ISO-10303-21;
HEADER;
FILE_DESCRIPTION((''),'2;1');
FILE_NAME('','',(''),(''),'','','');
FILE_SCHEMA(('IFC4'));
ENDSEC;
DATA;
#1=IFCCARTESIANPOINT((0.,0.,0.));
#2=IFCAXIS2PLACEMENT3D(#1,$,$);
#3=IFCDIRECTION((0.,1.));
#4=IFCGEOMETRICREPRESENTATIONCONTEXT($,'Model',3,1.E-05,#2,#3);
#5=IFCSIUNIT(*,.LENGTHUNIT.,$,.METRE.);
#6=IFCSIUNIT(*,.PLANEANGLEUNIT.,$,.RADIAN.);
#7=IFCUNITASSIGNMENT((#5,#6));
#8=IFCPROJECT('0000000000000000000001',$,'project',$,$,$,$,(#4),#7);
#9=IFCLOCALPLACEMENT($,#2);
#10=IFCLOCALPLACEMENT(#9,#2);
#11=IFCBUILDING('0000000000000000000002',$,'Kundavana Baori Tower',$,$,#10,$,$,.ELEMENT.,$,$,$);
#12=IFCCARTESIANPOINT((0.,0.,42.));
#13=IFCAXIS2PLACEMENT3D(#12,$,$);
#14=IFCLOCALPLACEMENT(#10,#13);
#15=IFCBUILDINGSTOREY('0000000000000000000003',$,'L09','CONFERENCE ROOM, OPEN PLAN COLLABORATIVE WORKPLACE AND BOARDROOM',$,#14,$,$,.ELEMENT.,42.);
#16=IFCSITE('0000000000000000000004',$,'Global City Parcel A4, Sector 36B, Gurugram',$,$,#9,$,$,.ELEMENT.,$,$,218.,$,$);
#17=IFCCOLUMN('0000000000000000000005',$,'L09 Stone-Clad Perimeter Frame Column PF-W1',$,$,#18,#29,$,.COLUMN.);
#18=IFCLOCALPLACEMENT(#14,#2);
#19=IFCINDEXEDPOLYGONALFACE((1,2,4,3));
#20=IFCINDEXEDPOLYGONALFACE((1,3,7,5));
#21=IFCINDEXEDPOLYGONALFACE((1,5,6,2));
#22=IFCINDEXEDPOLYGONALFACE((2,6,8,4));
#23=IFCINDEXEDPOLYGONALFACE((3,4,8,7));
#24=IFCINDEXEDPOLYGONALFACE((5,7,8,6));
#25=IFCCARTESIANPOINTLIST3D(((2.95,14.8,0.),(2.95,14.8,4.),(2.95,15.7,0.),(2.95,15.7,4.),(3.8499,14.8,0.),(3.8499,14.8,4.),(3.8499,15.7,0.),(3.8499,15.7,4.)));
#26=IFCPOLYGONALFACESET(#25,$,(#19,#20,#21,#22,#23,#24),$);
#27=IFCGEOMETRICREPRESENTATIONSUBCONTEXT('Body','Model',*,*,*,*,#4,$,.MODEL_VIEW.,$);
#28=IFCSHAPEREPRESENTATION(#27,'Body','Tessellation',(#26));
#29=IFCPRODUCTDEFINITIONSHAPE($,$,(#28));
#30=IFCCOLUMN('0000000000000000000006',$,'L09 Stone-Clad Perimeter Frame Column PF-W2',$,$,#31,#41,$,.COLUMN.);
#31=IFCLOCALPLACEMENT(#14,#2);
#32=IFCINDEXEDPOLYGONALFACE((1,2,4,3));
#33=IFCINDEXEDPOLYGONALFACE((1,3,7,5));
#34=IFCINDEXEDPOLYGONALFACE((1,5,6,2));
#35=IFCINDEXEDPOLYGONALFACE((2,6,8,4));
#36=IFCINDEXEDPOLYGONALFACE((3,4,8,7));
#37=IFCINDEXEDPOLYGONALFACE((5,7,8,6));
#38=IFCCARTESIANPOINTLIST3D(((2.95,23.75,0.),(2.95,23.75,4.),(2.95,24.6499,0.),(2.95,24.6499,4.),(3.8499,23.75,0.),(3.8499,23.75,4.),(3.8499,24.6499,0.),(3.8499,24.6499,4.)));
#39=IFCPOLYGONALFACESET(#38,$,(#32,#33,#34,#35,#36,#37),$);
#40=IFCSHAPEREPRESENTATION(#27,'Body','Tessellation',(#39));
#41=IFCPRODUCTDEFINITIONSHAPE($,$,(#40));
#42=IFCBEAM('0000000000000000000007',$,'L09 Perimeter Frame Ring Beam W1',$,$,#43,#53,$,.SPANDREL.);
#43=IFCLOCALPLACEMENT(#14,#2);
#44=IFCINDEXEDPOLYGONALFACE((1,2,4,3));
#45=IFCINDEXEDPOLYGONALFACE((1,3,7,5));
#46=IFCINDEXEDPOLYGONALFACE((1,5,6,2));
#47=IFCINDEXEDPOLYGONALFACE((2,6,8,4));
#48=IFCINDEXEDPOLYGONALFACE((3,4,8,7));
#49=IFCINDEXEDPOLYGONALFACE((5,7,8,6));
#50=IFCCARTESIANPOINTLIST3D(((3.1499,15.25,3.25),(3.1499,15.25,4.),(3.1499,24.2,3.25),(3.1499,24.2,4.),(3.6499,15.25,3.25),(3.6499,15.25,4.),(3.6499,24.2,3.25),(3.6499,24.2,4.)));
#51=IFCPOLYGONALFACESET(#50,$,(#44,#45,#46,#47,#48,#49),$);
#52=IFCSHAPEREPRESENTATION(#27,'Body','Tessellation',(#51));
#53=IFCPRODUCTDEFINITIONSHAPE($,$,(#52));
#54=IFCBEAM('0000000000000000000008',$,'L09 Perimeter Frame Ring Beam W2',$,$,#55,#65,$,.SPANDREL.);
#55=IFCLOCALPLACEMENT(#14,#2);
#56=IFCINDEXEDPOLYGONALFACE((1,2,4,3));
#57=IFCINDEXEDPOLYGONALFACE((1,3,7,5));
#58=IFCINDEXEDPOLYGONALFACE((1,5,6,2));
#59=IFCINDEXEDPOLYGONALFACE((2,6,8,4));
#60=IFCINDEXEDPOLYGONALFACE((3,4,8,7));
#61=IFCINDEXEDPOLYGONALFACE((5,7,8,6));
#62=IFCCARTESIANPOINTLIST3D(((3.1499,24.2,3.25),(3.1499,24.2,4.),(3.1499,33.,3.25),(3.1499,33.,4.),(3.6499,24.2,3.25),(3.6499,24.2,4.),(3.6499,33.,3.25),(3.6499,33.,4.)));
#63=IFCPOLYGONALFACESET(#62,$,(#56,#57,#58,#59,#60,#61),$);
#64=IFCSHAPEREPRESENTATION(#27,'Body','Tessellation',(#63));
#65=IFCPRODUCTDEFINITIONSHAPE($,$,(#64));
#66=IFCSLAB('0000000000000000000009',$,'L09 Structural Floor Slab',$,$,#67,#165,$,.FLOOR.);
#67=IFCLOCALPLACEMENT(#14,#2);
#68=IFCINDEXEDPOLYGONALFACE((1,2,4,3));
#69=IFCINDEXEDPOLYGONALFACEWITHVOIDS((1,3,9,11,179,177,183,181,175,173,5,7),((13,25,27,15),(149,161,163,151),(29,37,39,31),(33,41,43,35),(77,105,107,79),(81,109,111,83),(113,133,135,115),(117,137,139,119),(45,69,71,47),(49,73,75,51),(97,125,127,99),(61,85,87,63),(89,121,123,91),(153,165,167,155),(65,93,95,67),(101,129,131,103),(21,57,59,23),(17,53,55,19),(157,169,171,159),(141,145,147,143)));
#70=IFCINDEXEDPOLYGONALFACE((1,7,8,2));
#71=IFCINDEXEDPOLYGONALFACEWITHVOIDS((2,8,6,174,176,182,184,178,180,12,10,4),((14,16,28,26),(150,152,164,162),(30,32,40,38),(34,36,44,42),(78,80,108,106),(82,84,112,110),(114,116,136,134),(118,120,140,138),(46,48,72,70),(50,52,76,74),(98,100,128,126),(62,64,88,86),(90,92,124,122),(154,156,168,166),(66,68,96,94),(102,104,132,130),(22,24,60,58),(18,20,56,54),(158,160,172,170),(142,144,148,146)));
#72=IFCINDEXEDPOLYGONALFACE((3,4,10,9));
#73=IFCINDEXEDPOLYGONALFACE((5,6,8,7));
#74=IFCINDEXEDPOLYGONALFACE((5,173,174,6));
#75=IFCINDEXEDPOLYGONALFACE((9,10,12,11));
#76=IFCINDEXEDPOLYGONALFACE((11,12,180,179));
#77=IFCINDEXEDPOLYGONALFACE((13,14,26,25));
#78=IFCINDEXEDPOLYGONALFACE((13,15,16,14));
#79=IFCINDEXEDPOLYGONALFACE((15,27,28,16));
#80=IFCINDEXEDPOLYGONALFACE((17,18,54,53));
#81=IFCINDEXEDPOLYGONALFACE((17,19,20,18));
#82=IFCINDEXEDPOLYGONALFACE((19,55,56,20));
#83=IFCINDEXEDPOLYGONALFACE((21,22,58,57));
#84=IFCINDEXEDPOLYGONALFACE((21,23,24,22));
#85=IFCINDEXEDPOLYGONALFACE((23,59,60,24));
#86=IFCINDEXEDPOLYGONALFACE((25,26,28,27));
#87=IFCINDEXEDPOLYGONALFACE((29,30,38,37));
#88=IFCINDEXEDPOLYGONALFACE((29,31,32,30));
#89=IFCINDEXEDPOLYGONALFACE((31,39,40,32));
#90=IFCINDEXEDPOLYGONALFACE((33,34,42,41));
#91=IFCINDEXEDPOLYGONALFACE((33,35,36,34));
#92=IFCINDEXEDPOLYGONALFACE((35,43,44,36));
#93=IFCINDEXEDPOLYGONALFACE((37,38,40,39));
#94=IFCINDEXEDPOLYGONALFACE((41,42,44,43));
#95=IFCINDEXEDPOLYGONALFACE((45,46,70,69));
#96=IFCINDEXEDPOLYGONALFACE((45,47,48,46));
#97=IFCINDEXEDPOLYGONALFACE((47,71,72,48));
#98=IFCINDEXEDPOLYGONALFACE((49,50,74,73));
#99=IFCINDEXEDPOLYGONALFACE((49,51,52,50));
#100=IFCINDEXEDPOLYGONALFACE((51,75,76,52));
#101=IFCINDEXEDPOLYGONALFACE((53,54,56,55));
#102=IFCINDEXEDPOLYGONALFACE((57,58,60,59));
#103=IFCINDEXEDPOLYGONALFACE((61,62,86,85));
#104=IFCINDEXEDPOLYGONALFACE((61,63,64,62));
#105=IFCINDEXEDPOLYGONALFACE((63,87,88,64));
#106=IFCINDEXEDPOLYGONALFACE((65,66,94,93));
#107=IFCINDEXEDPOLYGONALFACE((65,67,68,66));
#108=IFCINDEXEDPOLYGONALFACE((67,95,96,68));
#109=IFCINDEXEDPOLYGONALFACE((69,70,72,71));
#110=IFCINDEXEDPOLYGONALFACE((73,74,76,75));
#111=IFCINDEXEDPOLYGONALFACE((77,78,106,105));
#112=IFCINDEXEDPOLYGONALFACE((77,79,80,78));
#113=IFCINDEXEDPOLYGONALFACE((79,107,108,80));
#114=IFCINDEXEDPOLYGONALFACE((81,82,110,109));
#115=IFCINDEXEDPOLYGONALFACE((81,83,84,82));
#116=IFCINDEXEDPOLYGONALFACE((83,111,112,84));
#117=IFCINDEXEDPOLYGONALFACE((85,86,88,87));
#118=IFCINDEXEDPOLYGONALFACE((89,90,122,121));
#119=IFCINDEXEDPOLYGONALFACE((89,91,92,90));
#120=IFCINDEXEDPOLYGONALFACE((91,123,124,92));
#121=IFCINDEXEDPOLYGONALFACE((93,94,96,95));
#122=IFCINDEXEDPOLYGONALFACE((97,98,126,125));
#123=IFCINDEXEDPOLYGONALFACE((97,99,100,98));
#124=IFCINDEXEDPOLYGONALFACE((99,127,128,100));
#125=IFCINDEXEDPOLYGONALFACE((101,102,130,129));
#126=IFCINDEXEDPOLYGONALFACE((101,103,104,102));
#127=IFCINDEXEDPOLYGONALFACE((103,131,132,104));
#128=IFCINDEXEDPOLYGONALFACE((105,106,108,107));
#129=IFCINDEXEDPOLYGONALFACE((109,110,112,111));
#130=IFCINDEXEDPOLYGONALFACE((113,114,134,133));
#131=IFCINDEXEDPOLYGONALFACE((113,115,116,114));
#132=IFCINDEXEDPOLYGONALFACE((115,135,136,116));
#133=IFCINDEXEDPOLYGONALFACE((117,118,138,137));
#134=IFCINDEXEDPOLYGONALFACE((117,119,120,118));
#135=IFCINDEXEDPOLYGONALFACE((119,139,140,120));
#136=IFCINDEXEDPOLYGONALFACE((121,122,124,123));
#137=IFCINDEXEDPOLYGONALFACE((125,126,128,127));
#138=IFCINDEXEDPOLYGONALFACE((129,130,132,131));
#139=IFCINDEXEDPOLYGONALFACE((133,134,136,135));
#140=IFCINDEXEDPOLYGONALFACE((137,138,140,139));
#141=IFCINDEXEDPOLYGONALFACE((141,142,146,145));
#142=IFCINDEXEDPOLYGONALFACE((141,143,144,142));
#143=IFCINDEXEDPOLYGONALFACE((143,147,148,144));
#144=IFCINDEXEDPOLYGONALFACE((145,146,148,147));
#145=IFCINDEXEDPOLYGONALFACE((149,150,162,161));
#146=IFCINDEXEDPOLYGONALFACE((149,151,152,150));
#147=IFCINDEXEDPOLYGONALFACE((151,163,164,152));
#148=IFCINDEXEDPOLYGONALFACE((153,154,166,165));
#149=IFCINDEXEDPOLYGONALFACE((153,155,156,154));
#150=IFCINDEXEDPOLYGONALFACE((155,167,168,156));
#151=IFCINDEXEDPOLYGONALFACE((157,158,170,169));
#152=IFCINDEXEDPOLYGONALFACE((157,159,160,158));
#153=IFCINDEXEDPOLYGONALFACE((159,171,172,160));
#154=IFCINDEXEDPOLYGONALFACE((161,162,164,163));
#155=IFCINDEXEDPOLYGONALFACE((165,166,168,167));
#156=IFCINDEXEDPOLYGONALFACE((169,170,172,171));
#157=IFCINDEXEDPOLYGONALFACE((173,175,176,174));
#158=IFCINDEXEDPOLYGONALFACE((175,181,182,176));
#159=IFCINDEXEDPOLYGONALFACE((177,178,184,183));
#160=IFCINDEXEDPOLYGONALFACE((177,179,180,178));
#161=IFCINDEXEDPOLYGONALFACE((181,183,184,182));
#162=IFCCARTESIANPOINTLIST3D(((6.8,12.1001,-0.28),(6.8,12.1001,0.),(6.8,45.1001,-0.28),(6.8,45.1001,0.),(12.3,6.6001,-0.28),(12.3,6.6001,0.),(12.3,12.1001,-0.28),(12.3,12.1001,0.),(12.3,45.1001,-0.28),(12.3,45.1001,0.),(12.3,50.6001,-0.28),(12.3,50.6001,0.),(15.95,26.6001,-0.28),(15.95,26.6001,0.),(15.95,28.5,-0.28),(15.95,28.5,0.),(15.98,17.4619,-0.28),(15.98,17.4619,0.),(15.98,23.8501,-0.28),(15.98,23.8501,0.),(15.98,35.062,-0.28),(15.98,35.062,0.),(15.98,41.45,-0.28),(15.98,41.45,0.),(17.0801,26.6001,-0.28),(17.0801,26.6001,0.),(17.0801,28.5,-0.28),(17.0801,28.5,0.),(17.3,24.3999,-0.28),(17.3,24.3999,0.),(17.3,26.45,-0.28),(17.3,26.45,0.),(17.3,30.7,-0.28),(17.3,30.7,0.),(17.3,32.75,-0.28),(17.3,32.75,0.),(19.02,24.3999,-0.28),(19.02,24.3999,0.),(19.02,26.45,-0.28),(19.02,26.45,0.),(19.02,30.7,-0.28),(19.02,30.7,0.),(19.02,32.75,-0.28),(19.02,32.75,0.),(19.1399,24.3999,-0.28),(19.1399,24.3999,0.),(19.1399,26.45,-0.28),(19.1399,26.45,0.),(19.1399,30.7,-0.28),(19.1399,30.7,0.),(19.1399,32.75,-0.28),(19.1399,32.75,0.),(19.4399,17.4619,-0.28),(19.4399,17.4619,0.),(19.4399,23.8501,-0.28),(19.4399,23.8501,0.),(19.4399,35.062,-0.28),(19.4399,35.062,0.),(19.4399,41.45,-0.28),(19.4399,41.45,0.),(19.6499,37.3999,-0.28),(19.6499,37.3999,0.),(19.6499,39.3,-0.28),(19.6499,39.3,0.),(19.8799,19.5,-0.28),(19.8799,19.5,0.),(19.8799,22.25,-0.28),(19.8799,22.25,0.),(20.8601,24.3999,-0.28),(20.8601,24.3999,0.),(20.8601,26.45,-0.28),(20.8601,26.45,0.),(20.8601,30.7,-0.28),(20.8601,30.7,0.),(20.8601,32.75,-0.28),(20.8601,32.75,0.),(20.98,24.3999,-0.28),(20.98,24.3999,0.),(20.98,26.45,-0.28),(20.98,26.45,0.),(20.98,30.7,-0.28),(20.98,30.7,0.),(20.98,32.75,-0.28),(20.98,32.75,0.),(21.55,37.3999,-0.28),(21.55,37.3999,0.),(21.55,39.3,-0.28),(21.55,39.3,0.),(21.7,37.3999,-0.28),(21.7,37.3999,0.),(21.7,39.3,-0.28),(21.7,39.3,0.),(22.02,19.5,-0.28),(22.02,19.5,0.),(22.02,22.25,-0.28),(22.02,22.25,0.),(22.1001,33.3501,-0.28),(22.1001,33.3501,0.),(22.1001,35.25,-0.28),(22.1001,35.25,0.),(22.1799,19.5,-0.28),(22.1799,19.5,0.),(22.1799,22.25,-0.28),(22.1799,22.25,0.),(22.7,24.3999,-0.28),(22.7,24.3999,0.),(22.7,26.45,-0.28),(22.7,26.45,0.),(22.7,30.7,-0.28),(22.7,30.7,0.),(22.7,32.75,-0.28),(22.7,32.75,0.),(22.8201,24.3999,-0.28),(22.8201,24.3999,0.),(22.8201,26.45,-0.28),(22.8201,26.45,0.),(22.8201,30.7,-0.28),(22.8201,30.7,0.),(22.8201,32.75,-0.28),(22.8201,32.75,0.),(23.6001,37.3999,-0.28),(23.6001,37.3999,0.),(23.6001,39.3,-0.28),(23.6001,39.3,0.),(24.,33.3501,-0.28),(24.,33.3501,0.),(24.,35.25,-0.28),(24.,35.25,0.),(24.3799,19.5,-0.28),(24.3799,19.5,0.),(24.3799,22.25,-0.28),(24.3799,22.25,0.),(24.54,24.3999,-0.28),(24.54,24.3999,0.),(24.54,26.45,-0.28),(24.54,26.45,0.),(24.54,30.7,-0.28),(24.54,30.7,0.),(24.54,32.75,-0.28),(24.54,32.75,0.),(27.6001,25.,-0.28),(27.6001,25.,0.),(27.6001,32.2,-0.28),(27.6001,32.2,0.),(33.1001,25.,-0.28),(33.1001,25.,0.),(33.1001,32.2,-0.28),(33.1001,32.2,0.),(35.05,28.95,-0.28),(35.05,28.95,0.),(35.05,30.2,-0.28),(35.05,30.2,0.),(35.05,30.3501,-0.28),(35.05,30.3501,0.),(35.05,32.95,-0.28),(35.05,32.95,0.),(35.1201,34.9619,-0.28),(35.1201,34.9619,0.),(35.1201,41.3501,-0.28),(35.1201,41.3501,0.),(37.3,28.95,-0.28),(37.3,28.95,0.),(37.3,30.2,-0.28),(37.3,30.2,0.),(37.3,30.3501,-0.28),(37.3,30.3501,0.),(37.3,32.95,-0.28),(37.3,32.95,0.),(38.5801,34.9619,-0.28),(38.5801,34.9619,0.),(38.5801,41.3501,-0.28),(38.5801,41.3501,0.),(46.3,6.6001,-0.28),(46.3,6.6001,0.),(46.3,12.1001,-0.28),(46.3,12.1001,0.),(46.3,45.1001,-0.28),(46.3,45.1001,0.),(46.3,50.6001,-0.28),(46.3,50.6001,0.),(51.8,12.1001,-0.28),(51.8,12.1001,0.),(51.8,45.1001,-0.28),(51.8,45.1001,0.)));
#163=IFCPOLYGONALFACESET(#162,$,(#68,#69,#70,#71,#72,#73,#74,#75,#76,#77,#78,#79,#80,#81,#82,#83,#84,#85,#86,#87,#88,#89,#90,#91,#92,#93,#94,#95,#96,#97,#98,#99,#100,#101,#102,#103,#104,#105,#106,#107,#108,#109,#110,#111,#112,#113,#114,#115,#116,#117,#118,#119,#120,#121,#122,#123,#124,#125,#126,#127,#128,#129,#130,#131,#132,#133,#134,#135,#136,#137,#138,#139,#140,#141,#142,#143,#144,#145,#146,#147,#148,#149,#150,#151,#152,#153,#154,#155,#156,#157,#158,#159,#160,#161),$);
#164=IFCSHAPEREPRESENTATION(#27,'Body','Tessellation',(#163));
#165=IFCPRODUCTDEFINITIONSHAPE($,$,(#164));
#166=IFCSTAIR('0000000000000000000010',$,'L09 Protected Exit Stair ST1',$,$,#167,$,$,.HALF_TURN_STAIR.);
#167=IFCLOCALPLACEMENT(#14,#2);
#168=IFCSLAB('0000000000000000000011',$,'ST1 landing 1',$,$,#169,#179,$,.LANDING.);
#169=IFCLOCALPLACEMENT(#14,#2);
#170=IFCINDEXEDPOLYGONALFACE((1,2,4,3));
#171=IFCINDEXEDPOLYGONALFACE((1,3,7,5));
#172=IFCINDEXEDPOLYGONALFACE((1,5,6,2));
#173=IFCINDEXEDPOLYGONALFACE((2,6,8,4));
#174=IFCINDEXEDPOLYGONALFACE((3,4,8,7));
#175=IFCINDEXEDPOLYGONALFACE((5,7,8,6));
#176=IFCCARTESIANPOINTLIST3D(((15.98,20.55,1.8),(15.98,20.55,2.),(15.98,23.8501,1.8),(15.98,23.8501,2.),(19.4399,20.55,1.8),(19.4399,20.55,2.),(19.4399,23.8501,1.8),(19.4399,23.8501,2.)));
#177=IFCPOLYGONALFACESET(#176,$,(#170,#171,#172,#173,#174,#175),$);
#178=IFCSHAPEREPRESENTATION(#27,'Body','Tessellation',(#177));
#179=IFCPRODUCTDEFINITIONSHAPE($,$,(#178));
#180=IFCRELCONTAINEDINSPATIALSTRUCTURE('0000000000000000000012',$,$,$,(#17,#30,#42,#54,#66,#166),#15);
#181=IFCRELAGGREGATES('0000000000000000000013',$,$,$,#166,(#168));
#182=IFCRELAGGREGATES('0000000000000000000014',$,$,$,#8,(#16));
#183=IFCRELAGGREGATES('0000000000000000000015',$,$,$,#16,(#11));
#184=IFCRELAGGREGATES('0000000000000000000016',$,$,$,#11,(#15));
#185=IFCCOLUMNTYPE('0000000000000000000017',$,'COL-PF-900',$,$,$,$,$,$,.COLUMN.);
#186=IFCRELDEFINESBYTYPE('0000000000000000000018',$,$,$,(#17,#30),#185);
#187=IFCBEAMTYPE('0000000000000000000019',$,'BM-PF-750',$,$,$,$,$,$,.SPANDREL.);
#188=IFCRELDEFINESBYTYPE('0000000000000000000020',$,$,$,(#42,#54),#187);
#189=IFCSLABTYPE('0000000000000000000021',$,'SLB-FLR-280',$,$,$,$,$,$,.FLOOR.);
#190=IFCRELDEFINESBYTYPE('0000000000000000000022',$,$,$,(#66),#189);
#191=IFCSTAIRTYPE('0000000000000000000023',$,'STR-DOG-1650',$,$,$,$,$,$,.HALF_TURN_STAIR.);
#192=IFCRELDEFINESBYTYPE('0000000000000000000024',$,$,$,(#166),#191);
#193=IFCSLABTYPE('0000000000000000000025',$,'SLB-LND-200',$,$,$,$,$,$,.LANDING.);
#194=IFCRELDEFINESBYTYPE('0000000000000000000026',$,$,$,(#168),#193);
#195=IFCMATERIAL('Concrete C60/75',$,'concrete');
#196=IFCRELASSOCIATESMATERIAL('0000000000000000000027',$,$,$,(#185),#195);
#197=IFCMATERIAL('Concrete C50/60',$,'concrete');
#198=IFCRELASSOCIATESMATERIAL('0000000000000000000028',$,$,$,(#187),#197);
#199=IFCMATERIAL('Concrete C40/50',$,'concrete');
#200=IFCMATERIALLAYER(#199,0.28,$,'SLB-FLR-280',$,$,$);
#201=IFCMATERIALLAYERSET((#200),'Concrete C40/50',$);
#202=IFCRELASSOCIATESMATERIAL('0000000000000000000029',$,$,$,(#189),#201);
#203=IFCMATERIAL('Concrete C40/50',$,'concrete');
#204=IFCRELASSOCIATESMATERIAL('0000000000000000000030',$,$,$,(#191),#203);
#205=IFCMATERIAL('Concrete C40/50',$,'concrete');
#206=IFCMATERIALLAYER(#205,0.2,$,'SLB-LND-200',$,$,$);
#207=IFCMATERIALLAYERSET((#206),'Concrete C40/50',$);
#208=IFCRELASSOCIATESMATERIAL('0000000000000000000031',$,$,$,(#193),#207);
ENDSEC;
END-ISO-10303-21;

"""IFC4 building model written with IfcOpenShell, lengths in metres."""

from ifc_helpers import new_model, si_unit, direction, frame, origin, origin_2d, place, context, subcontext, project, spatial, polyline, rectangle, outline, extrude, material, layer, layer_set, material_profile, profile_set, type_object, element, aggregate, save


model = new_model("IFC4")

# Units and contexts
model_context = context("Model", 3, precision=1e-05, world=origin(), true_north=direction((0.0, 1.0)))
body_context = subcontext(model_context, "Body", "Model", "MODEL_VIEW")
ifc_project = project(units=[si_unit("LENGTHUNIT", "METRE"), si_unit("PLANEANGLEUNIT", "RADIAN")], contexts=[model_context])

# Site, building, storey
site_placement = place(None, origin())
site = spatial("IfcSite", under=ifc_project, at=site_placement, Name="Global City Parcel A4, Sector 36B, Gurugram", CompositionType="ELEMENT", RefElevation=218.0)
building_placement = place(site_placement, origin())
building = spatial("IfcBuilding", under=site, at=building_placement, Name="Kundavana Baori Tower", CompositionType="ELEMENT")
storey_placement = place(building_placement, frame((0.0, 0.0, 42.0)))
storey = spatial("IfcBuildingStorey", under=building, at=storey_placement, Name="L09", Description="CONFERENCE ROOM, OPEN PLAN COLLABORATIVE WORKPLACE AND BOARDROOM", CompositionType="ELEMENT", Elevation=42.0)

# Columns
ifc_material_1 = material(Name="Concrete C60/75", Category="concrete")
ifc_material_profile_1 = material_profile(ifc_material_1, rectangle(XDim=0.8999, YDim=0.8999, at=origin_2d()), Name="RC PF 900x900")
ifc_profile_set_1 = profile_set([ifc_material_profile_1], Name="Concrete C60/75")
column_type = type_object("IfcColumnType", Name="COL-PF-900", PredefinedType="COLUMN", material=ifc_profile_set_1)
for number, where, z_axis, x_axis, name in (
    (1, (3.3999, 15.25, 0.0), (0.0, 0.0, 1.0), (1.0, 0.0, 0.0), "L09 Stone-Clad Perimeter Frame Column PF-W1"),
    (2, (3.3999, 24.2, 0.0), (0.0, 0.0, 1.0), (1.0, 0.0, 0.0), "L09 Stone-Clad Perimeter Frame Column PF-W2"),
):
    element("IfcColumn", number, at=place(storey_placement, frame(where, z_axis=z_axis, x_axis=x_axis)), inside=storey, type_object=column_type, Name=name, PredefinedType="COLUMN", context=body_context, shape_type="SweptSolid", body=[
        extrude(rectangle(XDim=0.8999, YDim=0.8999, at=origin_2d()), origin(), (0.0, 0.0, 1.0), 4.0),
    ])

# Beams
ifc_material_2 = material(Name="Concrete C50/60", Category="concrete")
ifc_material_profile_2 = material_profile(ifc_material_2, rectangle(XDim=0.5, YDim=0.75, at=origin_2d()), Name="RC BM 500x750")
ifc_profile_set_2 = profile_set([ifc_material_profile_2], Name="Concrete C50/60")
beam_type = type_object("IfcBeamType", Name="BM-PF-750", PredefinedType="SPANDREL", material=ifc_profile_set_2)
beam_1_placement = place(storey_placement, frame((3.3999, 15.25, 3.625), z_axis=(0.0, 1.0, 0.0), x_axis=(-1.0, 0.0, 0.0)))
element("IfcBeam", 3, at=beam_1_placement, inside=storey, type_object=beam_type, Name="L09 Perimeter Frame Ring Beam W1", PredefinedType="SPANDREL", context=body_context, shape_type="SweptSolid", body=[
    extrude(rectangle(XDim=0.5, YDim=0.75, at=origin_2d()), origin(), (0.0, 0.0, 1.0), 8.95),
])
beam_2_placement = place(storey_placement, frame((3.3999, 24.2, 3.625), z_axis=(0.0, 1.0, 0.0), x_axis=(-1.0, 0.0, 0.0)))
element("IfcBeam", 4, at=beam_2_placement, inside=storey, type_object=beam_type, Name="L09 Perimeter Frame Ring Beam W2", PredefinedType="SPANDREL", context=body_context, shape_type="SweptSolid", body=[
    extrude(rectangle(XDim=0.5, YDim=0.75, at=origin_2d()), origin(), (0.0, 0.0, 1.0), 8.8),
])

# Slab
ifc_material_3 = material(Name="Concrete C40/50", Category="concrete")
ifc_layer_1 = layer(ifc_material_3, 0.28, Name="SLB-FLR-280")
ifc_layer_set_1 = layer_set([ifc_layer_1], Name="Concrete C40/50")
slab_type_1 = type_object("IfcSlabType", Name="SLB-FLR-280", PredefinedType="FLOOR", material=ifc_layer_set_1)
slab_1_placement = place(storey_placement, frame((0.0, 0.0, -0.28)))
element("IfcSlab", 5, at=slab_1_placement, inside=storey, type_object=slab_type_1, Name="L09 Structural Floor Slab", PredefinedType="FLOOR", context=body_context, shape_type="SweptSolid", body=[
    extrude(outline(polyline([(12.3, 6.6001), (46.3, 6.6001), (46.3, 12.1001), (51.8, 12.1001), (51.8, 45.1001), (46.3, 45.1001), (46.3, 50.6001), (12.3, 50.6001), (12.3, 45.1001), (6.8, 45.1001), (6.8, 12.1001), (12.3, 12.1001), (12.3, 6.6001)]), holes=[polyline([(19.4399, 17.4619), (19.4399, 23.8501), (15.98, 23.8501), (15.98, 17.4619), (19.4399, 17.4619)]), polyline([(19.4399, 35.062), (19.4399, 41.45), (15.98, 41.45), (15.98, 35.062), (19.4399, 35.062)]), polyline([(38.5801, 34.9619), (38.5801, 41.3501), (35.1201, 41.3501), (35.1201, 34.9619), (38.5801, 34.9619)]), polyline([(17.3, 24.3999), (19.02, 24.3999), (19.02, 26.45), (17.3, 26.45), (17.3, 24.3999)]), polyline([(19.1399, 24.3999), (20.8601, 24.3999), (20.8601, 26.45), (19.1399, 26.45), (19.1399, 24.3999)]), polyline([(20.98, 24.3999), (22.7, 24.3999), (22.7, 26.45), (20.98, 26.45), (20.98, 24.3999)]), polyline([(22.8201, 24.3999), (24.54, 24.3999), (24.54, 26.45), (22.8201, 26.45), (22.8201, 24.3999)]), polyline([(17.3, 30.7), (19.02, 30.7), (19.02, 32.75), (17.3, 32.75), (17.3, 30.7)]), polyline([(19.1399, 30.7), (20.8601, 30.7), (20.8601, 32.75), (19.1399, 32.75), (19.1399, 30.7)]), polyline([(20.98, 30.7), (22.7, 30.7), (22.7, 32.75), (20.98, 32.75), (20.98, 30.7)]), polyline([(22.8201, 30.7), (24.54, 30.7), (24.54, 32.75), (22.8201, 32.75), (22.8201, 30.7)]), polyline([(19.6499, 37.3999), (21.55, 37.3999), (21.55, 39.3), (19.6499, 39.3), (19.6499, 37.3999)]), polyline([(21.7, 37.3999), (23.6001, 37.3999), (23.6001, 39.3), (21.7, 39.3), (21.7, 37.3999)]), polyline([(22.1001, 33.3501), (24.0, 33.3501), (24.0, 35.25), (22.1001, 35.25), (22.1001, 33.3501)]), polyline([(19.8799, 19.5), (22.02, 19.5), (22.02, 22.25), (19.8799, 22.25), (19.8799, 19.5)]), polyline([(22.1799, 19.5), (24.3799, 19.5), (24.3799, 22.25), (22.1799, 22.25), (22.1799, 19.5)]), polyline([(35.05, 30.3501), (37.3, 30.3501), (37.3, 32.95), (35.05, 32.95), (35.05, 30.3501)]), polyline([(15.95, 26.6001), (17.0801, 26.6001), (17.0801, 28.5), (15.95, 28.5), (15.95, 26.6001)]), polyline([(35.05, 28.95), (37.3, 28.95), (37.3, 30.2), (35.05, 30.2), (35.05, 28.95)]), polyline([(27.6001, 25.0), (33.1001, 25.0), (33.1001, 32.2), (27.6001, 32.2), (27.6001, 25.0)])]), origin(), (0.0, 0.0, 1.0), 0.28),
])

# Stair, slab
ifc_material_4 = material(Name="Concrete C40/50", Category="concrete")
stair_type = type_object("IfcStairType", Name="STR-DOG-1650", PredefinedType="HALF_TURN_STAIR", material=ifc_material_4)
stair_1_placement = place(storey_placement, origin())
stair_1 = element("IfcStair", 6, at=stair_1_placement, inside=storey, type_object=stair_type, Name="L09 Protected Exit Stair ST1", PredefinedType="HALF_TURN_STAIR")
ifc_material_5 = material(Name="Concrete C40/50", Category="concrete")
ifc_layer_2 = layer(ifc_material_5, 0.2, Name="SLB-LND-200")
ifc_layer_set_2 = layer_set([ifc_layer_2], Name="Concrete C40/50")
slab_type_2 = type_object("IfcSlabType", Name="SLB-LND-200", PredefinedType="LANDING", material=ifc_layer_set_2)
slab_2_placement = place(storey_placement, frame((0.0, 0.0, 1.8)))
slab_2 = element("IfcSlab", 7, at=slab_2_placement, type_object=slab_type_2, Name="ST1 landing 1", PredefinedType="LANDING", context=body_context, shape_type="SweptSolid", body=[
    extrude(outline(polyline([(19.4399, 20.55), (19.4399, 23.8501), (15.98, 23.8501), (15.98, 20.55), (19.4399, 20.55)])), origin(), (0.0, 0.0, 1.0), 0.2),
])
aggregate(stair_1, [slab_2])

save(model, "model.ifc")
